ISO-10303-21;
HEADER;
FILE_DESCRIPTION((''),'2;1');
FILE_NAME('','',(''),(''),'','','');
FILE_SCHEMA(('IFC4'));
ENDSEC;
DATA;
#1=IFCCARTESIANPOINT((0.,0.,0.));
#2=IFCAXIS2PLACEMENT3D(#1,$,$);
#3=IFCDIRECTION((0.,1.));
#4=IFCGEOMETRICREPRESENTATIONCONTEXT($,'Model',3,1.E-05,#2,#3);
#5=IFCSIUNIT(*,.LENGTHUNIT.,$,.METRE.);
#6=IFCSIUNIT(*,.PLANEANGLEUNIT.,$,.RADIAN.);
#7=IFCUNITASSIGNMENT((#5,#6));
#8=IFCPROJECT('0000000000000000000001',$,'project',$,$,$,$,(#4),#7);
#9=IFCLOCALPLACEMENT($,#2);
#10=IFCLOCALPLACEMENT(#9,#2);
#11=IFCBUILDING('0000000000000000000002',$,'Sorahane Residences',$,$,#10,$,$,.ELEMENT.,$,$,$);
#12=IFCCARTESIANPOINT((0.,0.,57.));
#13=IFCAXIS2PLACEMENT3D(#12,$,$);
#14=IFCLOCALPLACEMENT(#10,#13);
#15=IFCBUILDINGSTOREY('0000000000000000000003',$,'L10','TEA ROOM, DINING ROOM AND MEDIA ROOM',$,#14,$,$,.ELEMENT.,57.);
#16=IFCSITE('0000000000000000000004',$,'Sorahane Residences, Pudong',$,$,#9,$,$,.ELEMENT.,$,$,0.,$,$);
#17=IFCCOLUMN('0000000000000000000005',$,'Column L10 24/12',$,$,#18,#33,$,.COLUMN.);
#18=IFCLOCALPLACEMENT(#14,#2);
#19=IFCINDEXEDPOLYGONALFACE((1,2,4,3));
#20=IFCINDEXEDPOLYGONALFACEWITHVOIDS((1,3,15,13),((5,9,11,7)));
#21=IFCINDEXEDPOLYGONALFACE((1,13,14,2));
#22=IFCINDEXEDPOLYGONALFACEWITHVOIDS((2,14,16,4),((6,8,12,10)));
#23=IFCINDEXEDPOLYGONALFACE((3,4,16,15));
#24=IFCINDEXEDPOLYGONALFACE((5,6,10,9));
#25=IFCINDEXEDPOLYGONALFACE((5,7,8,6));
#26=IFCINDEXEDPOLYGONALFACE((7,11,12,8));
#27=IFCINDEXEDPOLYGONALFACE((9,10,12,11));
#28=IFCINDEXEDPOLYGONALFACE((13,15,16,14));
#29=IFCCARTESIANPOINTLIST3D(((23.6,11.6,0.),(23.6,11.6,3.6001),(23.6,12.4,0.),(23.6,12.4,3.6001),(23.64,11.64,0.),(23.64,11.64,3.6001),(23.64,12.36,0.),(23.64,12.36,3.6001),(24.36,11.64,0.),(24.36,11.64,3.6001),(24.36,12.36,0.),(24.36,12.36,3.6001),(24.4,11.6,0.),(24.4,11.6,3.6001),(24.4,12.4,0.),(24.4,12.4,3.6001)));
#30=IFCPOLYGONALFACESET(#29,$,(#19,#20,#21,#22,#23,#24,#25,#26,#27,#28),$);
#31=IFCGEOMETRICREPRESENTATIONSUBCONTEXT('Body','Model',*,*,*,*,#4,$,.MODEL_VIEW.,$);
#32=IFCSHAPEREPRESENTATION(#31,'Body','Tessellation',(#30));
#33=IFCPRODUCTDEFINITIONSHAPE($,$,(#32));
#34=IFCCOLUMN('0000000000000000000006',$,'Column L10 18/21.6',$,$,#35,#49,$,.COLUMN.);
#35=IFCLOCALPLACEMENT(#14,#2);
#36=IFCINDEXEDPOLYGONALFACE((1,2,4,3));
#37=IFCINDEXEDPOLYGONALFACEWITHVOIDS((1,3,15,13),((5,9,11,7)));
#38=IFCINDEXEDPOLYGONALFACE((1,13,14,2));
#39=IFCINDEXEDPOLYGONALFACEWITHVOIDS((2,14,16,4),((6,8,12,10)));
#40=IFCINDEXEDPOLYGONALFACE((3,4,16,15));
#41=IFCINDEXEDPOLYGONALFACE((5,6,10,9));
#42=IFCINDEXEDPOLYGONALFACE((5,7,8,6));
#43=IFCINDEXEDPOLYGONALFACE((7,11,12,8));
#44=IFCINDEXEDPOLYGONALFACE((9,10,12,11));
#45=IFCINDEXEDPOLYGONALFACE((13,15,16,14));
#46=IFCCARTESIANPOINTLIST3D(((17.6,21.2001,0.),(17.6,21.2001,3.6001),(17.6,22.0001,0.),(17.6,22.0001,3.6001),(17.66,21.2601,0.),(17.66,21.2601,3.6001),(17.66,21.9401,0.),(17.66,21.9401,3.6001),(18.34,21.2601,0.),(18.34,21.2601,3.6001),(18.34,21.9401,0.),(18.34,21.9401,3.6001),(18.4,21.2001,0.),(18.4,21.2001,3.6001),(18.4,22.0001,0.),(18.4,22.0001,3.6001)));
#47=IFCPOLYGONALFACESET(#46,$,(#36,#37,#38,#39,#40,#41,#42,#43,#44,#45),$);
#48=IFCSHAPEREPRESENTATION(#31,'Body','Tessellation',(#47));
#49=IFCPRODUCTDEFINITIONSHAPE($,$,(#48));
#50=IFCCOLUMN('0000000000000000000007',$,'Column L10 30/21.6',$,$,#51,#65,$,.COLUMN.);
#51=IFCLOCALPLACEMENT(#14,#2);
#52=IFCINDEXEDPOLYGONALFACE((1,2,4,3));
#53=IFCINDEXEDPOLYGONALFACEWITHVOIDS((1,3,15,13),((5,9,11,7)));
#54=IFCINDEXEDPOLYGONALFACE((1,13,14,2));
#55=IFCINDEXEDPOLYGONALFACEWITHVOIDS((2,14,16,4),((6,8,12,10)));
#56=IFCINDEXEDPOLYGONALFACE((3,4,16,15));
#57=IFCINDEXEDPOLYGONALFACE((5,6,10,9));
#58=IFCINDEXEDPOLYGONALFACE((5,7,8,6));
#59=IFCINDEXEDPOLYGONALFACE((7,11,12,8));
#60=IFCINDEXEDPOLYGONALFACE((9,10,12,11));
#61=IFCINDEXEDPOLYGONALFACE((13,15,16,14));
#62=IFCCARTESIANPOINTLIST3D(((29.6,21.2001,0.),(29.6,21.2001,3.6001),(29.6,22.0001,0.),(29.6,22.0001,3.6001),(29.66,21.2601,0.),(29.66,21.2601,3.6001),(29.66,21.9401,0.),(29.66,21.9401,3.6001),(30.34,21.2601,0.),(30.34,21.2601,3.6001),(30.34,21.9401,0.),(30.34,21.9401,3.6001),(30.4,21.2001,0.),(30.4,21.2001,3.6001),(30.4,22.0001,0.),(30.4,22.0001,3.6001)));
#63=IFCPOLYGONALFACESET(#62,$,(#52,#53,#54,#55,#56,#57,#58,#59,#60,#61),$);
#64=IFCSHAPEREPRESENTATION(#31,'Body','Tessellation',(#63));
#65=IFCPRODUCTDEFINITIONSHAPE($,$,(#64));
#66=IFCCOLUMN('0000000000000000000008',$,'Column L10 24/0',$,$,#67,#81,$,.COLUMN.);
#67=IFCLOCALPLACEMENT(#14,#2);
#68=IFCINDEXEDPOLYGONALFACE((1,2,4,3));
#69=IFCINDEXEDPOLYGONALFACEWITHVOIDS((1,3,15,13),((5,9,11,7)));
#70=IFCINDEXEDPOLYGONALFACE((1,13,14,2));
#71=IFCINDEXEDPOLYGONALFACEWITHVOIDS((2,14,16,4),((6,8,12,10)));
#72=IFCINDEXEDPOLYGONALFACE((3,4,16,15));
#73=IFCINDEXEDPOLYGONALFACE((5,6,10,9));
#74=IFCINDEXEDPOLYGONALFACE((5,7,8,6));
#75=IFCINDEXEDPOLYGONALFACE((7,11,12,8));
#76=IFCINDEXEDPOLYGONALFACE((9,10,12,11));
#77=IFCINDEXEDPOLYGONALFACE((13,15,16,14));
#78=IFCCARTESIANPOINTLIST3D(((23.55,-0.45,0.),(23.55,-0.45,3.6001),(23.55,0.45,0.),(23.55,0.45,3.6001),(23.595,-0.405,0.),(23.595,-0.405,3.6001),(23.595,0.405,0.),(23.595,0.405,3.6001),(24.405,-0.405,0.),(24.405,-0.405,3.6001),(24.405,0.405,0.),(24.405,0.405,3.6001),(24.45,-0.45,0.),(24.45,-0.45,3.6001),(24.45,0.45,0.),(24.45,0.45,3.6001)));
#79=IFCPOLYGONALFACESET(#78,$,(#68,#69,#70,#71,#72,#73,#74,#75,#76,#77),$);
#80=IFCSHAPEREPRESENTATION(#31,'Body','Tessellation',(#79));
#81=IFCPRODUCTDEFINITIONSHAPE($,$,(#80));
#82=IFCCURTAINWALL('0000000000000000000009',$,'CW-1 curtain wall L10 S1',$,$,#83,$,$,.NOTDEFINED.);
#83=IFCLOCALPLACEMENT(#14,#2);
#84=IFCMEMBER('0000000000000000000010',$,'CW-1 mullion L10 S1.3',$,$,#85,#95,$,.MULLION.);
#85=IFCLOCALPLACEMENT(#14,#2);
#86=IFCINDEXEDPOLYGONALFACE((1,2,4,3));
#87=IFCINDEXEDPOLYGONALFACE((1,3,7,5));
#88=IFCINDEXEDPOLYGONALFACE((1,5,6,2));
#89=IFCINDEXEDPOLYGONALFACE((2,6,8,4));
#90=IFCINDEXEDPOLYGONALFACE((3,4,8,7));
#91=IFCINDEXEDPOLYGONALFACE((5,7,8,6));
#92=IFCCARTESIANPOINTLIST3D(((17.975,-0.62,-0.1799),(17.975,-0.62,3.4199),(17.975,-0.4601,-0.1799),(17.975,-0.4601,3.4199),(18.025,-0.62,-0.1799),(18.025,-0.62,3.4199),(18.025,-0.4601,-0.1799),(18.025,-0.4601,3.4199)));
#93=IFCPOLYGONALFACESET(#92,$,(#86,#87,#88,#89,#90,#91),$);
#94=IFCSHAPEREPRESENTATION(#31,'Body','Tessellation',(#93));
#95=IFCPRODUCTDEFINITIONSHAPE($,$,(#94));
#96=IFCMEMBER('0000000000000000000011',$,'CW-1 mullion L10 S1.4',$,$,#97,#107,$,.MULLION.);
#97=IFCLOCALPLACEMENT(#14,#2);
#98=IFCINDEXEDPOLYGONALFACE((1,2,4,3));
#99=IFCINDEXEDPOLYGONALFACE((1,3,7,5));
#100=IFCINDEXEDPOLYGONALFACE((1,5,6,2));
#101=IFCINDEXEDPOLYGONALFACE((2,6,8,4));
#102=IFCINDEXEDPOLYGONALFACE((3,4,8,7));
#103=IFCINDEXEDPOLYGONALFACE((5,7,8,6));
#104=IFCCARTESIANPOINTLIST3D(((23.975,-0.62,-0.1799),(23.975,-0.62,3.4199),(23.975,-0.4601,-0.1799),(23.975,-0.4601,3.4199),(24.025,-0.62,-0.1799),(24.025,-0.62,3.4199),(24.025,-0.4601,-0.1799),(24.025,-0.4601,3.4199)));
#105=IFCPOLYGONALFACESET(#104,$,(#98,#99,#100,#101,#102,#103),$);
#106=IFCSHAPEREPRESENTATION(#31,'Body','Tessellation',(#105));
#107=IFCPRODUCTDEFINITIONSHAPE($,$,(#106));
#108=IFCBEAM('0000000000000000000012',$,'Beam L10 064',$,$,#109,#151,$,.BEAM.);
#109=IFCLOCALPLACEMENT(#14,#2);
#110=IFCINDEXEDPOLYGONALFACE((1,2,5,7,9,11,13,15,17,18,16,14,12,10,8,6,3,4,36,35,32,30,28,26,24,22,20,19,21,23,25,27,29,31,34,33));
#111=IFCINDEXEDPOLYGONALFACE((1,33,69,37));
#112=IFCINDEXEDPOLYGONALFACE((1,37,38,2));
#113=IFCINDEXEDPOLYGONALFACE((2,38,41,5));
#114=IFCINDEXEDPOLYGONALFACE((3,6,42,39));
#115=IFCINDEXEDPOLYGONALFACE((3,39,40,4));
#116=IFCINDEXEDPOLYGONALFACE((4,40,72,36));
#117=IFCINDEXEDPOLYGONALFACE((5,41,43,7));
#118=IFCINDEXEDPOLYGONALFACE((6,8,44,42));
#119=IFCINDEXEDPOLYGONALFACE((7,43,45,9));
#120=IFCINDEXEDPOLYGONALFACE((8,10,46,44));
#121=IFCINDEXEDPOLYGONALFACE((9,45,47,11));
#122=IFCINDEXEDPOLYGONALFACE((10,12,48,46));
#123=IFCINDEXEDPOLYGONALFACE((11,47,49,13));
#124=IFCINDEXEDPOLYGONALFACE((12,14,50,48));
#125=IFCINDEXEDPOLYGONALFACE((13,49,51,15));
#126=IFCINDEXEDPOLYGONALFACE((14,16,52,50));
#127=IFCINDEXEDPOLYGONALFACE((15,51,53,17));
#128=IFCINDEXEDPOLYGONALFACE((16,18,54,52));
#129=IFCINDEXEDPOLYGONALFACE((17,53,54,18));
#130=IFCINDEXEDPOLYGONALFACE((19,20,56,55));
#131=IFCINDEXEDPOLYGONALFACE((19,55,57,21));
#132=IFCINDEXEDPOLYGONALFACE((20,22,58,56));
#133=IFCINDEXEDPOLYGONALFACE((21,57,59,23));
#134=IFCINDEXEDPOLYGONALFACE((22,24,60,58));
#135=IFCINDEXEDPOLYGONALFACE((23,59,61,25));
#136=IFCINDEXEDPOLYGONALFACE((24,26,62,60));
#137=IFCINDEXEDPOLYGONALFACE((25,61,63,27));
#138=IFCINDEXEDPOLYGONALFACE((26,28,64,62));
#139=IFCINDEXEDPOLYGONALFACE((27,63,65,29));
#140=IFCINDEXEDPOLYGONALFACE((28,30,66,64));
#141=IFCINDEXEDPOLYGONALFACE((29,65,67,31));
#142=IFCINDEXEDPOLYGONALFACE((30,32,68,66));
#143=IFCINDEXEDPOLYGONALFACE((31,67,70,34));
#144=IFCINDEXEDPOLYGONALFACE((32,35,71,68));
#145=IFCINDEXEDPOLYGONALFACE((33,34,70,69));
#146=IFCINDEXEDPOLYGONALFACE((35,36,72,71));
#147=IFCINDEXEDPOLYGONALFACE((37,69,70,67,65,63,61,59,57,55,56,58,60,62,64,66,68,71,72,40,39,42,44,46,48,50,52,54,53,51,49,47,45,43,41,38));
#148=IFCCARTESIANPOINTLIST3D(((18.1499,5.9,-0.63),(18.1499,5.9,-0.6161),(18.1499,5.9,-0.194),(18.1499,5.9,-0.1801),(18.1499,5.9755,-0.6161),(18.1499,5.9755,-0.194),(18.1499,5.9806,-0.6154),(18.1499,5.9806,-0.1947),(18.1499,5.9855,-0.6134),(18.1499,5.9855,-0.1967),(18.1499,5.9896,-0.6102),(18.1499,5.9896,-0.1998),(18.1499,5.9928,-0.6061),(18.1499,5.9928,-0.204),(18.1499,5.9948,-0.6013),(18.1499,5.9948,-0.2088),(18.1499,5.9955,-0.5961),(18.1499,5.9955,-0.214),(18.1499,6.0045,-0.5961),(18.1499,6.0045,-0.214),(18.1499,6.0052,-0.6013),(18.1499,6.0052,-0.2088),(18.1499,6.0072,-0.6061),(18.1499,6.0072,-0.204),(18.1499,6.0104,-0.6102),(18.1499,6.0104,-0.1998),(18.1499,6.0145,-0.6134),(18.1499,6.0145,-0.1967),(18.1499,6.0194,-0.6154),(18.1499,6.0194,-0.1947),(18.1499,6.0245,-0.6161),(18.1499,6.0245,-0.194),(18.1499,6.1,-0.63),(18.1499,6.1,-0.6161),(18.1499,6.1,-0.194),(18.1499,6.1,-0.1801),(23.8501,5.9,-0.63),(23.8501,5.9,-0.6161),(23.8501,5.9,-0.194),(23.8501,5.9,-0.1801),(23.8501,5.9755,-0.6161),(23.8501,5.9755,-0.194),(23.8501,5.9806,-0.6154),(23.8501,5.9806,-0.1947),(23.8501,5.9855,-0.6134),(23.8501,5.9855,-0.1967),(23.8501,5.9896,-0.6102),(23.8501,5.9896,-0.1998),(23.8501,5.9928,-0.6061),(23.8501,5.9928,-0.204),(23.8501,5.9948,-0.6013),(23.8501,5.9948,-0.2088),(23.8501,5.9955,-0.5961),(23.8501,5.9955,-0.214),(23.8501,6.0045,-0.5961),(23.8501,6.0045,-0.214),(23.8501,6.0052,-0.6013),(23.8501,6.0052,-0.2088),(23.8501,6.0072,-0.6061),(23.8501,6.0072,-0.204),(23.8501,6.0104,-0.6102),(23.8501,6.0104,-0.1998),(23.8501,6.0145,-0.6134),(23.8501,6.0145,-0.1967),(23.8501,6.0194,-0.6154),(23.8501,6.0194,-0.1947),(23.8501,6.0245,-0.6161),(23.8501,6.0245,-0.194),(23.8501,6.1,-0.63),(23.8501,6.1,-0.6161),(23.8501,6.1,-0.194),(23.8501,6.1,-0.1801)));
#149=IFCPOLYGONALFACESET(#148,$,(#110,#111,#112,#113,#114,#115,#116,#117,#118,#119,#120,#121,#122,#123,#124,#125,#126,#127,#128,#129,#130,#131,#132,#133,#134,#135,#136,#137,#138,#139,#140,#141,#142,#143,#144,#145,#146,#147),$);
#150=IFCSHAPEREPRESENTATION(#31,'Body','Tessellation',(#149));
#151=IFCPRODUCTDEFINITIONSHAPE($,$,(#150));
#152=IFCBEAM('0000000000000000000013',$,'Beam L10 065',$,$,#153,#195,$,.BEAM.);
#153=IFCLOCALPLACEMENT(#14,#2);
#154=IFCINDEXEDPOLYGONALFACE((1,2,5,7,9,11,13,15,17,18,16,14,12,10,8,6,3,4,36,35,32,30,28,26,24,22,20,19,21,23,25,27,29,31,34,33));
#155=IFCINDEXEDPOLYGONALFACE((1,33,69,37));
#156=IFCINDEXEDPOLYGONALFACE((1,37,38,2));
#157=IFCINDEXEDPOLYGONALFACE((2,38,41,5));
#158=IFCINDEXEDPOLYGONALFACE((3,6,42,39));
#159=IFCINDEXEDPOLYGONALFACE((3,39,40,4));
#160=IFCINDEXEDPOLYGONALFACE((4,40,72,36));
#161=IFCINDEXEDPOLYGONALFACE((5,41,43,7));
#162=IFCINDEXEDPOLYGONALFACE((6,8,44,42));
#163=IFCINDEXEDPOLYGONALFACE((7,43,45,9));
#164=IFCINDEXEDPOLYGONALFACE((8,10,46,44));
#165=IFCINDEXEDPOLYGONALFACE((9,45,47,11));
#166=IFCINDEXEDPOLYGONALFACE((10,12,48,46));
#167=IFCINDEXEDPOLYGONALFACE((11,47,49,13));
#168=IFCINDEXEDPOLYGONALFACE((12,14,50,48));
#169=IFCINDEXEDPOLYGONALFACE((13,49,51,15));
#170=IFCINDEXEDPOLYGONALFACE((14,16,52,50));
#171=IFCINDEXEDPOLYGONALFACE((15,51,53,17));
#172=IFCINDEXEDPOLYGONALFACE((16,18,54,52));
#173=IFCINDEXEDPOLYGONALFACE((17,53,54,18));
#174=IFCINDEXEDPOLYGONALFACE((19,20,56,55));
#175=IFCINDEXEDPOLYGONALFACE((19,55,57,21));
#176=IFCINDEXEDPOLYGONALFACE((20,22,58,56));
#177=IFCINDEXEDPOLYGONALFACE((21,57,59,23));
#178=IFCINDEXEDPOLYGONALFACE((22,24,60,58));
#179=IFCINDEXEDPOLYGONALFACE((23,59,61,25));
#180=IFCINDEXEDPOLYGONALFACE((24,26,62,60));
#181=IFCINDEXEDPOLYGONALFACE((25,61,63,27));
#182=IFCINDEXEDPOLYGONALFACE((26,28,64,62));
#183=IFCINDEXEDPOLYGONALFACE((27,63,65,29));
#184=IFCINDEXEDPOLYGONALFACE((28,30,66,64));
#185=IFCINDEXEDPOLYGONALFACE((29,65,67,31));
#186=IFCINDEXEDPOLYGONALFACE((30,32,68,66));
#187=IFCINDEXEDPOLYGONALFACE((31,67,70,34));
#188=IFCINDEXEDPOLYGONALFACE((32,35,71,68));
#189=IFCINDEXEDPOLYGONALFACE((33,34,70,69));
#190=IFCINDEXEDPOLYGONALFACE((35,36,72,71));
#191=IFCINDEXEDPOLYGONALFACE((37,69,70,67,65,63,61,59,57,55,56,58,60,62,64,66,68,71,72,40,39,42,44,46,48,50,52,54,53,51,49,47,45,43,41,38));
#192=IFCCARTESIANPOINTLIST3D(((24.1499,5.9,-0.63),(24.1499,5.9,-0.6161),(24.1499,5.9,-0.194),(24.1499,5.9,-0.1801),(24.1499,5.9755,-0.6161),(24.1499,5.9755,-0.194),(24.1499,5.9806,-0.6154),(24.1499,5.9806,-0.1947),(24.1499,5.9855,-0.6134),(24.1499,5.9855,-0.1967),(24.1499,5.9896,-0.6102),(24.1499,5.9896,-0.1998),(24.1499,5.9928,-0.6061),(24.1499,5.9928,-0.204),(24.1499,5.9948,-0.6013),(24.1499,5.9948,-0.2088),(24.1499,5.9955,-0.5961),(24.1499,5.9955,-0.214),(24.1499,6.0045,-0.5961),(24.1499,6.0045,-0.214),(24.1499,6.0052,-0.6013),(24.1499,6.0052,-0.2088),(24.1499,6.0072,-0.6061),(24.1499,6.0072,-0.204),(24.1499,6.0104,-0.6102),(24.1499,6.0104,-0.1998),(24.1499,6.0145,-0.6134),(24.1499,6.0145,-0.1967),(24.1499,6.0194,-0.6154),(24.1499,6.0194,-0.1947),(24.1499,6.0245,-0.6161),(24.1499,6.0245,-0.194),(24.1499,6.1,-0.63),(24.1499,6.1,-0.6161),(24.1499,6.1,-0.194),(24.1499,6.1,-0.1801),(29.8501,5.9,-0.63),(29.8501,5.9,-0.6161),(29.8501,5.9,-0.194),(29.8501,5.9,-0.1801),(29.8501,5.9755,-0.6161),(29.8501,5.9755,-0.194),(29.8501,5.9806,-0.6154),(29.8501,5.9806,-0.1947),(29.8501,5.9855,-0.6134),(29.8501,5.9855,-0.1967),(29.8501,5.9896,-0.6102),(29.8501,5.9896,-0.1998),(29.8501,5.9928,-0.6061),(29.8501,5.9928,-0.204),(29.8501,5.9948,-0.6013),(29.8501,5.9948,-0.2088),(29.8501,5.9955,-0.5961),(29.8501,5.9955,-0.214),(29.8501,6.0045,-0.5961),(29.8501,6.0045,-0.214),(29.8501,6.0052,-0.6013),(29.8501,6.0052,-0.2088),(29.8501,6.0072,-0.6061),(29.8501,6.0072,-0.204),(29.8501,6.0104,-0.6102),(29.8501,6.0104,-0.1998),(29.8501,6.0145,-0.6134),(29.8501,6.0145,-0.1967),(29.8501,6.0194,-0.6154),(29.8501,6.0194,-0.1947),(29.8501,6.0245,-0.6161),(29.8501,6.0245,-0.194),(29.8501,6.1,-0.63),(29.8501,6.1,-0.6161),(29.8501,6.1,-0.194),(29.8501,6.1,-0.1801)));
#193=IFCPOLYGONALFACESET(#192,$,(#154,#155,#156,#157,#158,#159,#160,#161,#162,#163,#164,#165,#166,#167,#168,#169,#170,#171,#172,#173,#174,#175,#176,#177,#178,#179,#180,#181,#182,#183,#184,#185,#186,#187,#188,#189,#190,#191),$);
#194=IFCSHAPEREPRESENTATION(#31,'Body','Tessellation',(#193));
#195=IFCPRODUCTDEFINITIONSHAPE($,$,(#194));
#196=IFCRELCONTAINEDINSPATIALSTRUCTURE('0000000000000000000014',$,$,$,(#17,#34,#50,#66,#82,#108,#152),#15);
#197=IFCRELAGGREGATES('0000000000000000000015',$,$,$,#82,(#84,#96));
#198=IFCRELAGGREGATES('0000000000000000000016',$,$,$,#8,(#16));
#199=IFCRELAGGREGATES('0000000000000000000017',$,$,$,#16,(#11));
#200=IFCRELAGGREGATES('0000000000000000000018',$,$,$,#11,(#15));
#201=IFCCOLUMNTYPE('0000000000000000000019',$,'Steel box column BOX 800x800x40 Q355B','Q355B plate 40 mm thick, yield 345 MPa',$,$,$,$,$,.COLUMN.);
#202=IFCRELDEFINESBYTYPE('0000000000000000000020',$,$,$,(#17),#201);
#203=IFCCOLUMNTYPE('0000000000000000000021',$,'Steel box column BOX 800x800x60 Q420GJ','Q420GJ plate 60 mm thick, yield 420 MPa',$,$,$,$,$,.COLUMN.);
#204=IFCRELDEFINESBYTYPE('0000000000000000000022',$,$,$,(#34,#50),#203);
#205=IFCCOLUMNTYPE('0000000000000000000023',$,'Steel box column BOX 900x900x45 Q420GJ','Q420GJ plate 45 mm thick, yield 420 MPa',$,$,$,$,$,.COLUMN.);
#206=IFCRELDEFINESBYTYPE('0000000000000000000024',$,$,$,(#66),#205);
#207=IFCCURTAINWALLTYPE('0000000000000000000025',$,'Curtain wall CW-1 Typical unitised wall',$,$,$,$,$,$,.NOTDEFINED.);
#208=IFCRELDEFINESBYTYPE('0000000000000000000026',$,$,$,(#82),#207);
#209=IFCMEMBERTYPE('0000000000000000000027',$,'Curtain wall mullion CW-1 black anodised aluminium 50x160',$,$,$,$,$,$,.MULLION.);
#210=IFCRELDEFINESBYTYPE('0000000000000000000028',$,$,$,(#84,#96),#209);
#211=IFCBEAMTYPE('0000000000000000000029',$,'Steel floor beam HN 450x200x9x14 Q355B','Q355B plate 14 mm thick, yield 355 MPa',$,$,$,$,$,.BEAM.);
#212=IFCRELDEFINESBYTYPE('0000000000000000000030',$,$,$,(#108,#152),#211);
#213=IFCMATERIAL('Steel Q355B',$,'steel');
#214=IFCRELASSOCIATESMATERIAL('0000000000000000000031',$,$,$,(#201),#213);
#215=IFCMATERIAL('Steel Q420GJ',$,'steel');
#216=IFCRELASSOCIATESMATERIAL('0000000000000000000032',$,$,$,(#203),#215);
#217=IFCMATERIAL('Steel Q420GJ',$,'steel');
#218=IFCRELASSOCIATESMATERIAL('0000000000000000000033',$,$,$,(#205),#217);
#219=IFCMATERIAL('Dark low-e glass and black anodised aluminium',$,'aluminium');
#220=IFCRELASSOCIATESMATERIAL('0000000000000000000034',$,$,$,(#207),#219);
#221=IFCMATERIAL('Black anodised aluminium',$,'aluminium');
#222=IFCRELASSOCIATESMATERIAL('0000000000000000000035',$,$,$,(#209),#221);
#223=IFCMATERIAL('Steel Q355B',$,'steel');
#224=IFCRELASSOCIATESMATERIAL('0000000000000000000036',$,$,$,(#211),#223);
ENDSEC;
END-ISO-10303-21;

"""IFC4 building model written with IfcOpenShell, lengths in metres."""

from ifc_helpers import new_model, si_unit, direction, frame, origin, origin_2d, place, context, subcontext, project, spatial, rectangle, hollow_rectangle, i_section, extrude, material, material_profile, profile_set, type_object, element, aggregate, save


model = new_model("IFC4")

# Units and contexts
model_context = context("Model", 3, precision=1e-05, world=origin(), true_north=direction((0.0, 1.0)))
body_context = subcontext(model_context, "Body", "Model", "MODEL_VIEW")
ifc_project = project(units=[si_unit("LENGTHUNIT", "METRE"), si_unit("PLANEANGLEUNIT", "RADIAN")], contexts=[model_context])

# Site, building, storey
site_placement = place(None, origin())
site = spatial("IfcSite", under=ifc_project, at=site_placement, Name="Sorahane Residences, Pudong", CompositionType="ELEMENT", RefElevation=0.0)
building_placement = place(site_placement, origin())
building = spatial("IfcBuilding", under=site, at=building_placement, Name="Sorahane Residences", CompositionType="ELEMENT")
storey_placement = place(building_placement, frame((0.0, 0.0, 57.0)))
storey = spatial("IfcBuildingStorey", under=building, at=storey_placement, Name="L10", Description="TEA ROOM, DINING ROOM AND MEDIA ROOM", CompositionType="ELEMENT", Elevation=57.0)

# Columns
ifc_material_1 = material(Name="Steel Q355B", Category="steel")
ifc_material_profile_1 = material_profile(ifc_material_1, hollow_rectangle(XDim=0.8, YDim=0.8, WallThickness=0.04, at=origin_2d()), Name="BOX 800x800x40")
ifc_profile_set_1 = profile_set([ifc_material_profile_1], Name="Steel Q355B")
column_type_1 = type_object("IfcColumnType", Name="Steel box column BOX 800x800x40 Q355B", Description="Q355B plate 40 mm thick, yield 345 MPa", PredefinedType="COLUMN", material=ifc_profile_set_1)
column_1_placement = place(storey_placement, frame((24.0, 12.0, 0.0), z_axis=(0.0, 0.0, 1.0), x_axis=(1.0, 0.0, 0.0)))
element("IfcColumn", 1, at=column_1_placement, inside=storey, type_object=column_type_1, Name="Column L10 24/12", PredefinedType="COLUMN", context=body_context, shape_type="SweptSolid", body=[
    extrude(hollow_rectangle(XDim=0.8, YDim=0.8, WallThickness=0.04, at=origin_2d()), origin(), (0.0, 0.0, 1.0), 3.6001),
])
ifc_material_2 = material(Name="Steel Q420GJ", Category="steel")
ifc_material_profile_2 = material_profile(ifc_material_2, hollow_rectangle(XDim=0.8, YDim=0.8, WallThickness=0.0601, at=origin_2d()), Name="BOX 800x800x60")
ifc_profile_set_2 = profile_set([ifc_material_profile_2], Name="Steel Q420GJ")
column_type_2 = type_object("IfcColumnType", Name="Steel box column BOX 800x800x60 Q420GJ", Description="Q420GJ plate 60 mm thick, yield 420 MPa", PredefinedType="COLUMN", material=ifc_profile_set_2)
for number, where, z_axis, x_axis, name in (
    (2, (18.0, 21.6001, 0.0), (0.0, 0.0, 1.0), (1.0, 0.0, 0.0), "Column L10 18/21.6"),
    (3, (30.0, 21.6001, 0.0), (0.0, 0.0, 1.0), (1.0, 0.0, 0.0), "Column L10 30/21.6"),
):
    element("IfcColumn", number, at=place(storey_placement, frame(where, z_axis=z_axis, x_axis=x_axis)), inside=storey, type_object=column_type_2, Name=name, PredefinedType="COLUMN", context=body_context, shape_type="SweptSolid", body=[
        extrude(hollow_rectangle(XDim=0.8, YDim=0.8, WallThickness=0.0601, at=origin_2d()), origin(), (0.0, 0.0, 1.0), 3.6001),
    ])
ifc_material_3 = material(Name="Steel Q420GJ", Category="steel")
ifc_material_profile_3 = material_profile(ifc_material_3, hollow_rectangle(XDim=0.8999, YDim=0.8999, WallThickness=0.0449, at=origin_2d()), Name="BOX 900x900x45")
ifc_profile_set_3 = profile_set([ifc_material_profile_3], Name="Steel Q420GJ")
column_type_3 = type_object("IfcColumnType", Name="Steel box column BOX 900x900x45 Q420GJ", Description="Q420GJ plate 45 mm thick, yield 420 MPa", PredefinedType="COLUMN", material=ifc_profile_set_3)
column_2_placement = place(storey_placement, frame((24.0, 0.0, 0.0), z_axis=(0.0, 0.0, 1.0), x_axis=(1.0, 0.0, 0.0)))
element("IfcColumn", 4, at=column_2_placement, inside=storey, type_object=column_type_3, Name="Column L10 24/0", PredefinedType="COLUMN", context=body_context, shape_type="SweptSolid", body=[
    extrude(hollow_rectangle(XDim=0.8999, YDim=0.8999, WallThickness=0.0449, at=origin_2d()), origin(), (0.0, 0.0, 1.0), 3.6001),
])

# Curtain wall, members
ifc_material_4 = material(Name="Dark low-e glass and black anodised aluminium", Category="aluminium")
curtain_wall_type = type_object("IfcCurtainWallType", Name="Curtain wall CW-1 Typical unitised wall", PredefinedType="NOTDEFINED", material=ifc_material_4)
curtain_wall_placement = place(storey_placement, origin())
curtain_wall = element("IfcCurtainWall", 5, at=curtain_wall_placement, inside=storey, type_object=curtain_wall_type, Name="CW-1 curtain wall L10 S1", PredefinedType="NOTDEFINED")
ifc_material_5 = material(Name="Black anodised aluminium", Category="aluminium")
ifc_material_profile_4 = material_profile(ifc_material_5, rectangle(XDim=0.1599, YDim=0.05, at=origin_2d()), Name="Curtain wall mullion CW-1 black anodised aluminium 50x160")
ifc_profile_set_4 = profile_set([ifc_material_profile_4], Name="Black anodised aluminium")
member_type = type_object("IfcMemberType", Name="Curtain wall mullion CW-1 black anodised aluminium 50x160", PredefinedType="MULLION", material=ifc_profile_set_4)
member_1_placement = place(storey_placement, frame((18.0, -0.54, -0.1799), z_axis=(0.0, 0.0, 1.0), x_axis=(0.0, -1.0, 0.0)))
member_1 = element("IfcMember", 6, at=member_1_placement, type_object=member_type, Name="CW-1 mullion L10 S1.3", PredefinedType="MULLION", context=body_context, shape_type="SweptSolid", body=[
    extrude(rectangle(XDim=0.1599, YDim=0.05, at=origin_2d()), origin(), (0.0, 0.0, 1.0), 3.5999),
])
member_2_placement = place(storey_placement, frame((24.0, -0.54, -0.1799), z_axis=(0.0, 0.0, 1.0), x_axis=(0.0, -1.0, 0.0)))
member_2 = element("IfcMember", 7, at=member_2_placement, type_object=member_type, Name="CW-1 mullion L10 S1.4", PredefinedType="MULLION", context=body_context, shape_type="SweptSolid", body=[
    extrude(rectangle(XDim=0.1599, YDim=0.05, at=origin_2d()), origin(), (0.0, 0.0, 1.0), 3.5999),
])

# Beams
ifc_material_6 = material(Name="Steel Q355B", Category="steel")
ifc_material_profile_5 = material_profile(ifc_material_6, i_section(OverallWidth=0.2, OverallDepth=0.45, WebThickness=0.009, FlangeThickness=0.0139, FilletRadius=0.02, at=origin_2d()), Name="HN 450x200x9x14")
ifc_profile_set_5 = profile_set([ifc_material_profile_5], Name="Steel Q355B")
beam_type_1 = type_object("IfcBeamType", Name="Steel floor beam HN 450x200x9x14 Q355B", Description="Q355B plate 14 mm thick, yield 355 MPa", PredefinedType="BEAM", material=ifc_profile_set_5)
for number, where, z_axis, x_axis, name in (
    (8, (18.1499, 6.0, -0.405), (1.0, 0.0, 0.0), (0.0, 1.0, 0.0), "Beam L10 064"),
    (9, (24.1499, 6.0, -0.405), (1.0, 0.0, 0.0), (0.0, 1.0, 0.0), "Beam L10 065"),
):
    element("IfcBeam", number, at=place(storey_placement, frame(where, z_axis=z_axis, x_axis=x_axis)), inside=storey, type_object=beam_type_1, Name=name, PredefinedType="BEAM", context=body_context, shape_type="SweptSolid", body=[
        extrude(i_section(OverallWidth=0.2, OverallDepth=0.45, WebThickness=0.009, FlangeThickness=0.0139, FilletRadius=0.02, at=origin_2d()), origin(), (0.0, 0.0, 1.0), 5.7002),
    ])

aggregate(curtain_wall, [member_1, member_2])

save(model, "model.ifc")
